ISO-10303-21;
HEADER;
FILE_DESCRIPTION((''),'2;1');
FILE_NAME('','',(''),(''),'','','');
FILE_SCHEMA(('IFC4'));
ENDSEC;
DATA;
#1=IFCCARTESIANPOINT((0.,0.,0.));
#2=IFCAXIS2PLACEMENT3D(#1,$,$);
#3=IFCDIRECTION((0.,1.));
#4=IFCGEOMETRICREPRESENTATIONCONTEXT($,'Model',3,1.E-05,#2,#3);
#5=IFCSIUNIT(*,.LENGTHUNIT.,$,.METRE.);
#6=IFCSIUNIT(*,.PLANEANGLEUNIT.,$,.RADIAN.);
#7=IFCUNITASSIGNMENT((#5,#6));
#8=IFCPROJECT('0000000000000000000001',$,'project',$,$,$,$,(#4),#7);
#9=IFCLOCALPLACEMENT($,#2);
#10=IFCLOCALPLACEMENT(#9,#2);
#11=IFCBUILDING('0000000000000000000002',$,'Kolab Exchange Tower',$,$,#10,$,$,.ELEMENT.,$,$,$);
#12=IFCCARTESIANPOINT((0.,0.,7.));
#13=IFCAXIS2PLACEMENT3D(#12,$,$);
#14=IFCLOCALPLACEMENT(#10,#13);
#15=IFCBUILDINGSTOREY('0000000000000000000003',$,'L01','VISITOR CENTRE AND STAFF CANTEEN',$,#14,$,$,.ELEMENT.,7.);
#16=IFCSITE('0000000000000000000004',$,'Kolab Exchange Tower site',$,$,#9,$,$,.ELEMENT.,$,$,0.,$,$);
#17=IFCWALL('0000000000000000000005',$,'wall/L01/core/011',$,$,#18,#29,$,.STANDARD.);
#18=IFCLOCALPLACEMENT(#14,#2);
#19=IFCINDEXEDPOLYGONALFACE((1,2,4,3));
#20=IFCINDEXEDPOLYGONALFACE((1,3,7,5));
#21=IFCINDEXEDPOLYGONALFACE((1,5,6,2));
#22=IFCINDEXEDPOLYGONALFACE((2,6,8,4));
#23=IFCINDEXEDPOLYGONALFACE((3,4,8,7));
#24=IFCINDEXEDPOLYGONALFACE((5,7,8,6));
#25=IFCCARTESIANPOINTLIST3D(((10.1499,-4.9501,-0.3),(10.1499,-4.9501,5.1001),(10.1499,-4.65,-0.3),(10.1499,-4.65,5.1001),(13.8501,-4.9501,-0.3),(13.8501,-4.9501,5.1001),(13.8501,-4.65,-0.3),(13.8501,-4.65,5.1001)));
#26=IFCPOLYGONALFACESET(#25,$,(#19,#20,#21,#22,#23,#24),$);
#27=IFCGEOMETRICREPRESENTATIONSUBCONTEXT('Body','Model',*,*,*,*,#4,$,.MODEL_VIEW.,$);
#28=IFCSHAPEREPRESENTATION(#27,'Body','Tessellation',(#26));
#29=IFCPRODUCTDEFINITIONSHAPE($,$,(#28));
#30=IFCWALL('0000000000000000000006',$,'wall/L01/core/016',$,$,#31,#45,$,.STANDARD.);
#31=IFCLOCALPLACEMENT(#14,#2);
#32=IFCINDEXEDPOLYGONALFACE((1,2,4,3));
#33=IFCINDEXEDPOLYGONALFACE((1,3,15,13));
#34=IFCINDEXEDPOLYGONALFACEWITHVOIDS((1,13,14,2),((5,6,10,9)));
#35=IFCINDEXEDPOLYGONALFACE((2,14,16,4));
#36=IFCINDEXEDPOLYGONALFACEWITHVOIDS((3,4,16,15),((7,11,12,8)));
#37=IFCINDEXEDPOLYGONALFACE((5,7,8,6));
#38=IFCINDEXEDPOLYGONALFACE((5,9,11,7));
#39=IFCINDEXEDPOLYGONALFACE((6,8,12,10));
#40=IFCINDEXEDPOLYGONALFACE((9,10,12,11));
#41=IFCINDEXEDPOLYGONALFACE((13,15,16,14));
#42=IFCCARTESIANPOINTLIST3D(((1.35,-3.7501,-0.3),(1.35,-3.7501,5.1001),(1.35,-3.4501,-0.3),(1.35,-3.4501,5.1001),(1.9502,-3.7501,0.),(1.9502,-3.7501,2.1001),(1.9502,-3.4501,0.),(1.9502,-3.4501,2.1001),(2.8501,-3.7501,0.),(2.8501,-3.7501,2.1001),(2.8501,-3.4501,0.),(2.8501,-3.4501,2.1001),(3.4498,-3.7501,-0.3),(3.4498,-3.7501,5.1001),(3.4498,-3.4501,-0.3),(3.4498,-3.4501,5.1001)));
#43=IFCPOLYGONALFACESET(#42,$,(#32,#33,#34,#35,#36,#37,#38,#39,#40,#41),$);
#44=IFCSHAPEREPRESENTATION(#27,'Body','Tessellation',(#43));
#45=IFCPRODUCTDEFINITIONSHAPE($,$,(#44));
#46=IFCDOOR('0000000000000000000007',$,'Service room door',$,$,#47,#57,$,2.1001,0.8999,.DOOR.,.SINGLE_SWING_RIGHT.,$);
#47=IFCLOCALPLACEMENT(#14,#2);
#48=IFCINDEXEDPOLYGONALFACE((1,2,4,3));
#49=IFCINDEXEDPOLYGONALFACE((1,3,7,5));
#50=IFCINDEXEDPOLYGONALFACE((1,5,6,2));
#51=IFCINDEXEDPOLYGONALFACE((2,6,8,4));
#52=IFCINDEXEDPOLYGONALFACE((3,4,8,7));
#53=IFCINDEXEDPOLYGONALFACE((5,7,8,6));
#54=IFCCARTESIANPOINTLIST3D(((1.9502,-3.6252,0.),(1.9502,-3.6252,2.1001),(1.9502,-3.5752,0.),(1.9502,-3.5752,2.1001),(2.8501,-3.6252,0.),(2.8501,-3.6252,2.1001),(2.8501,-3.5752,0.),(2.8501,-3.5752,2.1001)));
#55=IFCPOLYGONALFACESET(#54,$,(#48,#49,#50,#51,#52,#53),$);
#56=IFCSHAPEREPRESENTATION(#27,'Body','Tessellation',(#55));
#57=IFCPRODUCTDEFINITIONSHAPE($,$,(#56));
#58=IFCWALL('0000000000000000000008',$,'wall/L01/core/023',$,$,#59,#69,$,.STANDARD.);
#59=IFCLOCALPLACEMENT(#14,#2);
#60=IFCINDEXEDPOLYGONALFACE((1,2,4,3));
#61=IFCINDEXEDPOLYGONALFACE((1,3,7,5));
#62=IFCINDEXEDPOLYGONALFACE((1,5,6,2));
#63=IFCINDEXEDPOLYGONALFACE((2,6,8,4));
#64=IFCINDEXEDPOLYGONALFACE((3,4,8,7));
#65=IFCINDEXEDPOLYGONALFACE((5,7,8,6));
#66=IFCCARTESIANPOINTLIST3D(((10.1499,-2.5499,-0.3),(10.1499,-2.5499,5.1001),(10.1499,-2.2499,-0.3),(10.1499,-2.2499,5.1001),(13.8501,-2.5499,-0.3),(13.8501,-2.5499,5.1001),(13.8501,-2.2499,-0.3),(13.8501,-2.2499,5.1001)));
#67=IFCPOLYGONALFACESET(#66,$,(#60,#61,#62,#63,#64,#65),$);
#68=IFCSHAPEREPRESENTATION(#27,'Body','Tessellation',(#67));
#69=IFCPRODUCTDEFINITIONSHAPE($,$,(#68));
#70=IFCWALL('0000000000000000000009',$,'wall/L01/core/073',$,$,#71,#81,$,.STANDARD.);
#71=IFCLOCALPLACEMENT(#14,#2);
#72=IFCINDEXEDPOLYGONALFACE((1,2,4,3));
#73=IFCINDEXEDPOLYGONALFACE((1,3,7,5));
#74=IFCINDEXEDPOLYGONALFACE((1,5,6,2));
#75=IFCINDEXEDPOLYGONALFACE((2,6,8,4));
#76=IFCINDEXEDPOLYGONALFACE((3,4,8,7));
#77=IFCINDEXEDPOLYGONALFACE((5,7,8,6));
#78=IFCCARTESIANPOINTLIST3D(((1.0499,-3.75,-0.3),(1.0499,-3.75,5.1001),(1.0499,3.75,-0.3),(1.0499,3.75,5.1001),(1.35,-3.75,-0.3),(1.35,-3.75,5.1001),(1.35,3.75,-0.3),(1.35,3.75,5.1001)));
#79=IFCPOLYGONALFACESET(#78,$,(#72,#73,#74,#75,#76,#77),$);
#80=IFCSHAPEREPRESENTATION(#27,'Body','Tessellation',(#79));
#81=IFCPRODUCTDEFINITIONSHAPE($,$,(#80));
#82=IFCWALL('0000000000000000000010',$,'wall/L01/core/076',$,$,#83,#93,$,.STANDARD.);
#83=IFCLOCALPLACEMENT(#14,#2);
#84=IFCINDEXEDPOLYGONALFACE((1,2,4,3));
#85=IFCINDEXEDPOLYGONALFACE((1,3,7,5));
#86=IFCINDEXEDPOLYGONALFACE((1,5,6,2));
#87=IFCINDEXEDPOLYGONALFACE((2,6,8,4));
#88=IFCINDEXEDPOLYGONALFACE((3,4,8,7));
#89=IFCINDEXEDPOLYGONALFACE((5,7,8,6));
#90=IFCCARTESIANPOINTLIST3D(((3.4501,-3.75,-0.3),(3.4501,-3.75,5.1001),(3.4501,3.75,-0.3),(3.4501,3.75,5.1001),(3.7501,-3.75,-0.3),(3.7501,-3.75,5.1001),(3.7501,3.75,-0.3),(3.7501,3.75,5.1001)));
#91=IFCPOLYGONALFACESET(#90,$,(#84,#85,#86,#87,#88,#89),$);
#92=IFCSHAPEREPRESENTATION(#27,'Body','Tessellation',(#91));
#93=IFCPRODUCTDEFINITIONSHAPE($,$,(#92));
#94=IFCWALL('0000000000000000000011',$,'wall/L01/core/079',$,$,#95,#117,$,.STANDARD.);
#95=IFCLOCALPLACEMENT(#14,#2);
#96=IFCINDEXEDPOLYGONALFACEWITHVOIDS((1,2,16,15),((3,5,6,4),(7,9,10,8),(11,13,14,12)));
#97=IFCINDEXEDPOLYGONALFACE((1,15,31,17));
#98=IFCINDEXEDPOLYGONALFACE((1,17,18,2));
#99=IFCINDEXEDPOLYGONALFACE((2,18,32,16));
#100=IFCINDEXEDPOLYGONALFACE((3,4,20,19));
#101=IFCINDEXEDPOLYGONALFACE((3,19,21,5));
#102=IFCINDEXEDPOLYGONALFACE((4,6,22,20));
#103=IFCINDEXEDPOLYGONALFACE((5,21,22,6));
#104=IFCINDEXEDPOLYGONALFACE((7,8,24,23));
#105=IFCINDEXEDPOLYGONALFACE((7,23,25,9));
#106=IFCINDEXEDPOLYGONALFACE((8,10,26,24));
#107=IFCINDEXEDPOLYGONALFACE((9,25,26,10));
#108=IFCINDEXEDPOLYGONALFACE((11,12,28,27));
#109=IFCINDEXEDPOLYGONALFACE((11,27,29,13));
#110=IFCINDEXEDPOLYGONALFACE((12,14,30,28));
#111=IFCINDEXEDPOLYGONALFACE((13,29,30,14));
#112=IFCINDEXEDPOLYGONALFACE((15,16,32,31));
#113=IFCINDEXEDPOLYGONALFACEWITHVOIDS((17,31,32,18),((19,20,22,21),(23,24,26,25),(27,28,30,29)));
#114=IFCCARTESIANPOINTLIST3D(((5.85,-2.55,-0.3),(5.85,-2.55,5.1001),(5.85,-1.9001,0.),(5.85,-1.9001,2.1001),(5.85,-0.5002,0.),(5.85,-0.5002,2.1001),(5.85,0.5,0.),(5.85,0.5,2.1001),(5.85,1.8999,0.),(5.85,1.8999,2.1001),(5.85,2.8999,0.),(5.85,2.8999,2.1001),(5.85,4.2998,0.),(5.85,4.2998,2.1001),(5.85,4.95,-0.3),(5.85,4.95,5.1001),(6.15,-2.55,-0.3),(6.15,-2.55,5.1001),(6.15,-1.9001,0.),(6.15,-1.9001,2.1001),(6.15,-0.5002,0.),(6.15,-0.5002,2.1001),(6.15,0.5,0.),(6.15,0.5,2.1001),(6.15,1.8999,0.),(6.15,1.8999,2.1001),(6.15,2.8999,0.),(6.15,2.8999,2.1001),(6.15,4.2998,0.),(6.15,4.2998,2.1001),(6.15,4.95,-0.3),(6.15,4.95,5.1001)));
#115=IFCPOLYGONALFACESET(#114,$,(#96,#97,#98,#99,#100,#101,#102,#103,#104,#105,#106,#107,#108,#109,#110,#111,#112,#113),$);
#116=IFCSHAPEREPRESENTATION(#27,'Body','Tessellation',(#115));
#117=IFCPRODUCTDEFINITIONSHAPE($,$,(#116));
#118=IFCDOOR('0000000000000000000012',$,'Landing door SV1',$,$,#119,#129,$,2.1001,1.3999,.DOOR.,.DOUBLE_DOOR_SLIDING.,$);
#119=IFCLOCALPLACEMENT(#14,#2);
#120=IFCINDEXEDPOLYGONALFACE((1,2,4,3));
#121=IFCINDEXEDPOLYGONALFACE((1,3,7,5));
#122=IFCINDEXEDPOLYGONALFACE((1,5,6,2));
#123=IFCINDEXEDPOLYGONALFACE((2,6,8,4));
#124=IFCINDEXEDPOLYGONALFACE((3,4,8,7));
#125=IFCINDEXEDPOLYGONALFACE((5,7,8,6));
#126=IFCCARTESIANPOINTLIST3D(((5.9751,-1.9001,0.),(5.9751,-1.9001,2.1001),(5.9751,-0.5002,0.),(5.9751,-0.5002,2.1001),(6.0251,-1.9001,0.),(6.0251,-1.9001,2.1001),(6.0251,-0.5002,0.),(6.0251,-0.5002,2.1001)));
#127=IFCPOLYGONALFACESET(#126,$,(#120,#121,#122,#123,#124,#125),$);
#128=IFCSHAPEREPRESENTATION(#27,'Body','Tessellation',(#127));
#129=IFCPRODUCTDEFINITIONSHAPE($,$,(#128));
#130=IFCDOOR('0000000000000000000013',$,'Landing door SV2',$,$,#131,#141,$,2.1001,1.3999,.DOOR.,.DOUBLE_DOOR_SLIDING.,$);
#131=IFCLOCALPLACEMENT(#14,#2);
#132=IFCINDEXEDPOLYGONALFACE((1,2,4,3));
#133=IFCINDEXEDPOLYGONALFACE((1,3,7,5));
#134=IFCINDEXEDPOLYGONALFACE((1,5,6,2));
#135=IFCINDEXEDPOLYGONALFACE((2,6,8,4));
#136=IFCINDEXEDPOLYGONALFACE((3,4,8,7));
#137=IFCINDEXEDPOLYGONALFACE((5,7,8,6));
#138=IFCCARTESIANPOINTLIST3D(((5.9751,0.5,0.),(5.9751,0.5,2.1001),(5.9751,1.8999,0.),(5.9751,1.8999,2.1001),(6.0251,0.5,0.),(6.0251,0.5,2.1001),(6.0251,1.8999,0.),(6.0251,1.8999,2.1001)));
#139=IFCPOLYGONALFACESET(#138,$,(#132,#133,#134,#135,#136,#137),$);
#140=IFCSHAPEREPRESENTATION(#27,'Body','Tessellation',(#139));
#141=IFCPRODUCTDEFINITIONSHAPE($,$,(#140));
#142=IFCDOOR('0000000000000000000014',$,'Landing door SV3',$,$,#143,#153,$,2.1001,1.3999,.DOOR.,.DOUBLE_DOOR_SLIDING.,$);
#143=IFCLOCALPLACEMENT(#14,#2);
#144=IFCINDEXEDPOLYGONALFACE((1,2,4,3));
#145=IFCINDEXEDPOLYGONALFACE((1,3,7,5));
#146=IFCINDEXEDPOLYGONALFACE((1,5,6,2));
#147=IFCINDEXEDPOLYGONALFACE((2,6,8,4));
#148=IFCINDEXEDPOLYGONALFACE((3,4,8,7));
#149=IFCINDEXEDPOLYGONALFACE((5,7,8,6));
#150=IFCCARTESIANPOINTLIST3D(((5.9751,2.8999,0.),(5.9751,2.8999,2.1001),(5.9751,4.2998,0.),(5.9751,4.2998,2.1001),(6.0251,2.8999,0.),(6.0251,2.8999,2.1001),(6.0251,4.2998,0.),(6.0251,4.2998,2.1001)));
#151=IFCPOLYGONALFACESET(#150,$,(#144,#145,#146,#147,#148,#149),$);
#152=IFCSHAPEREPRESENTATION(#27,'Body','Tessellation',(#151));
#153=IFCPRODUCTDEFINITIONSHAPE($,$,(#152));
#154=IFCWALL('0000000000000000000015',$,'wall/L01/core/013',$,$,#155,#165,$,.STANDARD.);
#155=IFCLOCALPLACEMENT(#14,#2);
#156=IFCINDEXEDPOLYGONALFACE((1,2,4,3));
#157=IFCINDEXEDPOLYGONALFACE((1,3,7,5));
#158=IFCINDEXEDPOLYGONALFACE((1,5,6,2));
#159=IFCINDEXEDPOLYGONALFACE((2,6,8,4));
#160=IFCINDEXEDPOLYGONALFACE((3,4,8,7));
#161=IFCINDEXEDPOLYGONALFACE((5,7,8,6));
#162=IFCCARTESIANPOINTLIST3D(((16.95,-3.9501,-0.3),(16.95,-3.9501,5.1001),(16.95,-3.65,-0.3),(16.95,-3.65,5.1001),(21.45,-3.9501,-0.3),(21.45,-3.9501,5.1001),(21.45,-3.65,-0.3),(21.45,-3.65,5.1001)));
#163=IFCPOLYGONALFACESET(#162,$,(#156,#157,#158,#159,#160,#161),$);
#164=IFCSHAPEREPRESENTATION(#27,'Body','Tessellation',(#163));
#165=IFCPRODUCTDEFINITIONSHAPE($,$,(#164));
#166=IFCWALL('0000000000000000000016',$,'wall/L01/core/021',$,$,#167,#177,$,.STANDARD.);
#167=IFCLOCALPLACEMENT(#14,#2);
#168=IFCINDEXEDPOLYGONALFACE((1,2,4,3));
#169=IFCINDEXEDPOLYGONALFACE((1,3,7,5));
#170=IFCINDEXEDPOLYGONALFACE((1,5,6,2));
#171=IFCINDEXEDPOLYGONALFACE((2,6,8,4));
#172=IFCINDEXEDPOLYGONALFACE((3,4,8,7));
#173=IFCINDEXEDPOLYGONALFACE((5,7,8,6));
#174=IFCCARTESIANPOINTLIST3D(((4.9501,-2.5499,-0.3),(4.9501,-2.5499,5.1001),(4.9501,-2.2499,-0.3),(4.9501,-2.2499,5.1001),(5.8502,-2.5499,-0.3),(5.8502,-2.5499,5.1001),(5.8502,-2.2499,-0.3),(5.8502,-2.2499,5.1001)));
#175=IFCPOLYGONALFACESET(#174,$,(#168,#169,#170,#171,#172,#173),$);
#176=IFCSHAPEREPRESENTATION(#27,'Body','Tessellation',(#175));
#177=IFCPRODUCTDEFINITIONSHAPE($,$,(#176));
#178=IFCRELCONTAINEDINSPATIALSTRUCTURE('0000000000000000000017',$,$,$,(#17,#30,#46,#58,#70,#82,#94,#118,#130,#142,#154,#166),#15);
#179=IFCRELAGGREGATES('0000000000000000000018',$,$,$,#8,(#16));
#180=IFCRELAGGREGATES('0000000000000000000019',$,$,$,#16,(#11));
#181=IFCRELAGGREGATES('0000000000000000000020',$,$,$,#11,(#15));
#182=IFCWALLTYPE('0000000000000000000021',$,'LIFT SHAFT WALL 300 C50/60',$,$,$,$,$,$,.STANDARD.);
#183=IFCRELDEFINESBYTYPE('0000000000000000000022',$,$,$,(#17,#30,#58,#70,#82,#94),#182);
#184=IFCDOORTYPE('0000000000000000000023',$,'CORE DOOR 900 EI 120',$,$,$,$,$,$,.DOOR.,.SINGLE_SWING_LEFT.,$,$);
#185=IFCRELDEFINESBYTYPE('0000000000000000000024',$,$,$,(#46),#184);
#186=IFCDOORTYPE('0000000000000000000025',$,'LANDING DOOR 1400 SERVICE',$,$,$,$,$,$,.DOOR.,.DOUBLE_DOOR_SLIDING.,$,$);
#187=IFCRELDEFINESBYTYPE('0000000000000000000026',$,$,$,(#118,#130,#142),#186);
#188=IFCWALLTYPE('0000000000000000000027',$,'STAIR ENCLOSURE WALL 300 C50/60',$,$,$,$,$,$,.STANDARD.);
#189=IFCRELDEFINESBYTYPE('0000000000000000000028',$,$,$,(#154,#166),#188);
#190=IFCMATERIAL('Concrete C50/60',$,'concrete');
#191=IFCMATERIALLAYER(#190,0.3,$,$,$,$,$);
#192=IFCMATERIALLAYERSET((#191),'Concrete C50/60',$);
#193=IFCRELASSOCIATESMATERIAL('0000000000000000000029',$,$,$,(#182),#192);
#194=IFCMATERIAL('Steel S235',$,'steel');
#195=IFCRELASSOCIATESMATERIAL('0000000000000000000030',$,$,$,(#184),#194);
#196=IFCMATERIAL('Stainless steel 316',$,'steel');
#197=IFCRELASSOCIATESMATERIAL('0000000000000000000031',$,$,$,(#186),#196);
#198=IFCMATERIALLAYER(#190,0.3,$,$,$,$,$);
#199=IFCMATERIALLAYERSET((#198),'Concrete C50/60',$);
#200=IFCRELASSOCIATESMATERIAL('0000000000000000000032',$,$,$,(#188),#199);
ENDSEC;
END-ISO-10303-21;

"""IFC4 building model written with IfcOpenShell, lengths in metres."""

from ifc_helpers import new_model, si_unit, direction, frame, frame_2d, origin, place, context, subcontext, project, spatial, rectangle, extrude, material, layer, layer_set, type_object, element, fill, save


model = new_model("IFC4")

# Units and contexts
model_context = context("Model", 3, precision=1e-05, world=origin(), true_north=direction((0.0, 1.0)))
body_context = subcontext(model_context, "Body", "Model", "MODEL_VIEW")
ifc_project = project(units=[si_unit("LENGTHUNIT", "METRE"), si_unit("PLANEANGLEUNIT", "RADIAN")], contexts=[model_context])

# Site, building, storey
site_placement = place(None, origin())
site = spatial("IfcSite", under=ifc_project, at=site_placement, Name="Kolab Exchange Tower site", CompositionType="ELEMENT", RefElevation=0.0)
building_placement = place(site_placement, origin())
building = spatial("IfcBuilding", under=site, at=building_placement, Name="Kolab Exchange Tower", CompositionType="ELEMENT")
storey_placement = place(building_placement, frame((0.0, 0.0, 7.0)))
storey = spatial("IfcBuildingStorey", under=building, at=storey_placement, Name="L01", Description="VISITOR CENTRE AND STAFF CANTEEN", CompositionType="ELEMENT", Elevation=7.0)

# Wall
ifc_material_1 = material(Name="Concrete C50/60", Category="concrete")
ifc_layer_1 = layer(ifc_material_1, 0.3)
ifc_layer_set_1 = layer_set([ifc_layer_1], Name="Concrete C50/60")
wall_type_1 = type_object("IfcWallType", Name="LIFT SHAFT WALL 300 C50/60", PredefinedType="STANDARD", material=ifc_layer_set_1)
wall_1_placement = place(storey_placement, frame((10.1499, -4.8, -0.3), z_axis=(0.0, 0.0, 1.0), x_axis=(1.0, 0.0, 0.0)))
element("IfcWall", 1, at=wall_1_placement, inside=storey, type_object=wall_type_1, Name="wall/L01/core/011", PredefinedType="STANDARD", context=body_context, shape_type="SweptSolid", body=[
    extrude(rectangle(XDim=3.7002, YDim=0.3, at=frame_2d((1.8501, 0.0))), origin(), (0.0, 0.0, 1.0), 5.4001),
])

# Wall, opening, door
wall_2_placement = place(storey_placement, frame((1.3501, -3.6001, -0.3), z_axis=(0.0, 0.0, 1.0), x_axis=(1.0, 0.0, 0.0)))
wall_2 = element("IfcWall", 2, at=wall_2_placement, inside=storey, type_object=wall_type_1, Name="wall/L01/core/016", PredefinedType="STANDARD", context=body_context, shape_type="SweptSolid", body=[
    extrude(rectangle(XDim=2.0999, YDim=0.3, at=frame_2d((1.0498, 0.0))), origin(), (0.0, 0.0, 1.0), 5.4001),
])
opening_1_placement = place(wall_2_placement, frame((0.6001, 0.0, 0.3)))
opening_1 = element("IfcOpeningElement", 3, at=opening_1_placement, cuts=wall_2, PredefinedType="OPENING", context=body_context, shape_type="SweptSolid", body=[
    extrude(rectangle(XDim=0.8999, YDim=2.1001, at=frame_2d((0.45, 1.05))), frame((0.0, 0.1602, 0.0), z_axis=(0.0, -1.0, 0.0), x_axis=(1.0, 0.0, 0.0)), (0.0, 0.0, 1.0), 0.3201),
])
ifc_material_2 = material(Name="Steel S235", Category="steel")
door_type_1 = type_object("IfcDoorType", Name="CORE DOOR 900 EI 120", OperationType="SINGLE_SWING_LEFT", PredefinedType="DOOR", material=ifc_material_2)
door_1_placement = place(opening_1_placement, origin())
door_1 = element("IfcDoor", 4, at=door_1_placement, inside=storey, type_object=door_type_1, Name="Service room door", OperationType="SINGLE_SWING_RIGHT", OverallHeight=2.1001, OverallWidth=0.8999, PredefinedType="DOOR", context=body_context, shape_type="SweptSolid", body=[
    extrude(rectangle(XDim=0.8999, YDim=2.1001, at=frame_2d((0.45, 1.05))), frame((0.0, 0.0249, 0.0), z_axis=(0.0, -1.0, 0.0), x_axis=(1.0, 0.0, 0.0)), (0.0, 0.0, 1.0), 0.05),
])
fill(opening_1, door_1)

# Walls
wall_3_placement = place(storey_placement, frame((10.1499, -2.3999, -0.3), z_axis=(0.0, 0.0, 1.0), x_axis=(1.0, 0.0, 0.0)))
element("IfcWall", 5, at=wall_3_placement, inside=storey, type_object=wall_type_1, Name="wall/L01/core/023", PredefinedType="STANDARD", context=body_context, shape_type="SweptSolid", body=[
    extrude(rectangle(XDim=3.7002, YDim=0.3, at=frame_2d((1.8501, 0.0))), origin(), (0.0, 0.0, 1.0), 5.4001),
])
for number, where, z_axis, x_axis, name in (
    (6, (1.2, -3.75, -0.3), (0.0, 0.0, 1.0), (0.0, 1.0, 0.0), "wall/L01/core/073"),
    (7, (3.6001, -3.75, -0.3), (0.0, 0.0, 1.0), (0.0, 1.0, 0.0), "wall/L01/core/076"),
):
    element("IfcWall", number, at=place(storey_placement, frame(where, z_axis=z_axis, x_axis=x_axis)), inside=storey, type_object=wall_type_1, Name=name, PredefinedType="STANDARD", context=body_context, shape_type="SweptSolid", body=[
        extrude(rectangle(XDim=7.5, YDim=0.3, at=frame_2d((3.75, 0.0))), origin(), (0.0, 0.0, 1.0), 5.4001),
    ])

# Wall, openings, doors
wall_4_placement = place(storey_placement, frame((6.0, -2.55, -0.3), z_axis=(0.0, 0.0, 1.0), x_axis=(0.0, 1.0, 0.0)))
wall_4 = element("IfcWall", 8, at=wall_4_placement, inside=storey, type_object=wall_type_1, Name="wall/L01/core/079", PredefinedType="STANDARD", context=body_context, shape_type="SweptSolid", body=[
    extrude(rectangle(XDim=7.5, YDim=0.3, at=frame_2d((3.75, 0.0))), origin(), (0.0, 0.0, 1.0), 5.4001),
])
opening_2_placement = place(wall_4_placement, frame((0.6499, 0.0, 0.3)))
opening_2 = element("IfcOpeningElement", 9, at=opening_2_placement, cuts=wall_4, PredefinedType="OPENING", context=body_context, shape_type="SweptSolid", body=[
    extrude(rectangle(XDim=1.3999, YDim=2.1001, at=frame_2d((0.7, 1.05))), frame((0.0, 0.1602, 0.0), z_axis=(0.0, -1.0, 0.0), x_axis=(1.0, 0.0, 0.0)), (0.0, 0.0, 1.0), 0.3201),
])
opening_3_placement = place(wall_4_placement, frame((3.05, 0.0, 0.3)))
opening_3 = element("IfcOpeningElement", 10, at=opening_3_placement, cuts=wall_4, PredefinedType="OPENING", context=body_context, shape_type="SweptSolid", body=[
    extrude(rectangle(XDim=1.3999, YDim=2.1001, at=frame_2d((0.7, 1.05))), frame((0.0, 0.1602, 0.0), z_axis=(0.0, -1.0, 0.0), x_axis=(1.0, 0.0, 0.0)), (0.0, 0.0, 1.0), 0.3201),
])
opening_4_placement = place(wall_4_placement, frame((5.45, 0.0, 0.3)))
opening_4 = element("IfcOpeningElement", 11, at=opening_4_placement, cuts=wall_4, PredefinedType="OPENING", context=body_context, shape_type="SweptSolid", body=[
    extrude(rectangle(XDim=1.3999, YDim=2.1001, at=frame_2d((0.7, 1.05))), frame((0.0, 0.1602, 0.0), z_axis=(0.0, -1.0, 0.0), x_axis=(1.0, 0.0, 0.0)), (0.0, 0.0, 1.0), 0.3201),
])
ifc_material_3 = material(Name="Stainless steel 316", Category="steel")
door_type_2 = type_object("IfcDoorType", Name="LANDING DOOR 1400 SERVICE", OperationType="DOUBLE_DOOR_SLIDING", PredefinedType="DOOR", material=ifc_material_3)
door_2_placement = place(opening_2_placement, origin())
door_2 = element("IfcDoor", 12, at=door_2_placement, inside=storey, type_object=door_type_2, Name="Landing door SV1", OperationType="DOUBLE_DOOR_SLIDING", OverallHeight=2.1001, OverallWidth=1.3999, PredefinedType="DOOR", context=body_context, shape_type="SweptSolid", body=[
    extrude(rectangle(XDim=1.3999, YDim=2.1001, at=frame_2d((0.7, 1.05))), frame((0.0, 0.0249, 0.0), z_axis=(0.0, -1.0, 0.0), x_axis=(1.0, 0.0, 0.0)), (0.0, 0.0, 1.0), 0.05),
])
fill(opening_2, door_2)
door_3_placement = place(opening_3_placement, origin())
door_3 = element("IfcDoor", 13, at=door_3_placement, inside=storey, type_object=door_type_2, Name="Landing door SV2", OperationType="DOUBLE_DOOR_SLIDING", OverallHeight=2.1001, OverallWidth=1.3999, PredefinedType="DOOR", context=body_context, shape_type="SweptSolid", body=[
    extrude(rectangle(XDim=1.3999, YDim=2.1001, at=frame_2d((0.7, 1.05))), frame((0.0, 0.0249, 0.0), z_axis=(0.0, -1.0, 0.0), x_axis=(1.0, 0.0, 0.0)), (0.0, 0.0, 1.0), 0.05),
])
fill(opening_3, door_3)
door_4_placement = place(opening_4_placement, origin())
door_4 = element("IfcDoor", 14, at=door_4_placement, inside=storey, type_object=door_type_2, Name="Landing door SV3", OperationType="DOUBLE_DOOR_SLIDING", OverallHeight=2.1001, OverallWidth=1.3999, PredefinedType="DOOR", context=body_context, shape_type="SweptSolid", body=[
    extrude(rectangle(XDim=1.3999, YDim=2.1001, at=frame_2d((0.7, 1.05))), frame((0.0, 0.0249, 0.0), z_axis=(0.0, -1.0, 0.0), x_axis=(1.0, 0.0, 0.0)), (0.0, 0.0, 1.0), 0.05),
])
fill(opening_4, door_4)

# Walls
ifc_layer_2 = layer(ifc_material_1, 0.3)
ifc_layer_set_2 = layer_set([ifc_layer_2], Name="Concrete C50/60")
wall_type_2 = type_object("IfcWallType", Name="STAIR ENCLOSURE WALL 300 C50/60", PredefinedType="STANDARD", material=ifc_layer_set_2)
wall_5_placement = place(storey_placement, frame((16.95, -3.8, -0.3), z_axis=(0.0, 0.0, 1.0), x_axis=(1.0, 0.0, 0.0)))
element("IfcWall", 15, at=wall_5_placement, inside=storey, type_object=wall_type_2, Name="wall/L01/core/013", PredefinedType="STANDARD", context=body_context, shape_type="SweptSolid", body=[
    extrude(rectangle(XDim=4.5, YDim=0.3, at=frame_2d((2.25, 0.0))), origin(), (0.0, 0.0, 1.0), 5.4001),
])
wall_6_placement = place(storey_placement, frame((4.95, -2.3999, -0.3), z_axis=(0.0, 0.0, 1.0), x_axis=(1.0, 0.0, 0.0)))
element("IfcWall", 16, at=wall_6_placement, inside=storey, type_object=wall_type_2, Name="wall/L01/core/021", PredefinedType="STANDARD", context=body_context, shape_type="SweptSolid", body=[
    extrude(rectangle(XDim=0.9001, YDim=0.3, at=frame_2d((0.4502, 0.0))), origin(), (0.0, 0.0, 1.0), 5.4001),
])

save(model, "model.ifc")
